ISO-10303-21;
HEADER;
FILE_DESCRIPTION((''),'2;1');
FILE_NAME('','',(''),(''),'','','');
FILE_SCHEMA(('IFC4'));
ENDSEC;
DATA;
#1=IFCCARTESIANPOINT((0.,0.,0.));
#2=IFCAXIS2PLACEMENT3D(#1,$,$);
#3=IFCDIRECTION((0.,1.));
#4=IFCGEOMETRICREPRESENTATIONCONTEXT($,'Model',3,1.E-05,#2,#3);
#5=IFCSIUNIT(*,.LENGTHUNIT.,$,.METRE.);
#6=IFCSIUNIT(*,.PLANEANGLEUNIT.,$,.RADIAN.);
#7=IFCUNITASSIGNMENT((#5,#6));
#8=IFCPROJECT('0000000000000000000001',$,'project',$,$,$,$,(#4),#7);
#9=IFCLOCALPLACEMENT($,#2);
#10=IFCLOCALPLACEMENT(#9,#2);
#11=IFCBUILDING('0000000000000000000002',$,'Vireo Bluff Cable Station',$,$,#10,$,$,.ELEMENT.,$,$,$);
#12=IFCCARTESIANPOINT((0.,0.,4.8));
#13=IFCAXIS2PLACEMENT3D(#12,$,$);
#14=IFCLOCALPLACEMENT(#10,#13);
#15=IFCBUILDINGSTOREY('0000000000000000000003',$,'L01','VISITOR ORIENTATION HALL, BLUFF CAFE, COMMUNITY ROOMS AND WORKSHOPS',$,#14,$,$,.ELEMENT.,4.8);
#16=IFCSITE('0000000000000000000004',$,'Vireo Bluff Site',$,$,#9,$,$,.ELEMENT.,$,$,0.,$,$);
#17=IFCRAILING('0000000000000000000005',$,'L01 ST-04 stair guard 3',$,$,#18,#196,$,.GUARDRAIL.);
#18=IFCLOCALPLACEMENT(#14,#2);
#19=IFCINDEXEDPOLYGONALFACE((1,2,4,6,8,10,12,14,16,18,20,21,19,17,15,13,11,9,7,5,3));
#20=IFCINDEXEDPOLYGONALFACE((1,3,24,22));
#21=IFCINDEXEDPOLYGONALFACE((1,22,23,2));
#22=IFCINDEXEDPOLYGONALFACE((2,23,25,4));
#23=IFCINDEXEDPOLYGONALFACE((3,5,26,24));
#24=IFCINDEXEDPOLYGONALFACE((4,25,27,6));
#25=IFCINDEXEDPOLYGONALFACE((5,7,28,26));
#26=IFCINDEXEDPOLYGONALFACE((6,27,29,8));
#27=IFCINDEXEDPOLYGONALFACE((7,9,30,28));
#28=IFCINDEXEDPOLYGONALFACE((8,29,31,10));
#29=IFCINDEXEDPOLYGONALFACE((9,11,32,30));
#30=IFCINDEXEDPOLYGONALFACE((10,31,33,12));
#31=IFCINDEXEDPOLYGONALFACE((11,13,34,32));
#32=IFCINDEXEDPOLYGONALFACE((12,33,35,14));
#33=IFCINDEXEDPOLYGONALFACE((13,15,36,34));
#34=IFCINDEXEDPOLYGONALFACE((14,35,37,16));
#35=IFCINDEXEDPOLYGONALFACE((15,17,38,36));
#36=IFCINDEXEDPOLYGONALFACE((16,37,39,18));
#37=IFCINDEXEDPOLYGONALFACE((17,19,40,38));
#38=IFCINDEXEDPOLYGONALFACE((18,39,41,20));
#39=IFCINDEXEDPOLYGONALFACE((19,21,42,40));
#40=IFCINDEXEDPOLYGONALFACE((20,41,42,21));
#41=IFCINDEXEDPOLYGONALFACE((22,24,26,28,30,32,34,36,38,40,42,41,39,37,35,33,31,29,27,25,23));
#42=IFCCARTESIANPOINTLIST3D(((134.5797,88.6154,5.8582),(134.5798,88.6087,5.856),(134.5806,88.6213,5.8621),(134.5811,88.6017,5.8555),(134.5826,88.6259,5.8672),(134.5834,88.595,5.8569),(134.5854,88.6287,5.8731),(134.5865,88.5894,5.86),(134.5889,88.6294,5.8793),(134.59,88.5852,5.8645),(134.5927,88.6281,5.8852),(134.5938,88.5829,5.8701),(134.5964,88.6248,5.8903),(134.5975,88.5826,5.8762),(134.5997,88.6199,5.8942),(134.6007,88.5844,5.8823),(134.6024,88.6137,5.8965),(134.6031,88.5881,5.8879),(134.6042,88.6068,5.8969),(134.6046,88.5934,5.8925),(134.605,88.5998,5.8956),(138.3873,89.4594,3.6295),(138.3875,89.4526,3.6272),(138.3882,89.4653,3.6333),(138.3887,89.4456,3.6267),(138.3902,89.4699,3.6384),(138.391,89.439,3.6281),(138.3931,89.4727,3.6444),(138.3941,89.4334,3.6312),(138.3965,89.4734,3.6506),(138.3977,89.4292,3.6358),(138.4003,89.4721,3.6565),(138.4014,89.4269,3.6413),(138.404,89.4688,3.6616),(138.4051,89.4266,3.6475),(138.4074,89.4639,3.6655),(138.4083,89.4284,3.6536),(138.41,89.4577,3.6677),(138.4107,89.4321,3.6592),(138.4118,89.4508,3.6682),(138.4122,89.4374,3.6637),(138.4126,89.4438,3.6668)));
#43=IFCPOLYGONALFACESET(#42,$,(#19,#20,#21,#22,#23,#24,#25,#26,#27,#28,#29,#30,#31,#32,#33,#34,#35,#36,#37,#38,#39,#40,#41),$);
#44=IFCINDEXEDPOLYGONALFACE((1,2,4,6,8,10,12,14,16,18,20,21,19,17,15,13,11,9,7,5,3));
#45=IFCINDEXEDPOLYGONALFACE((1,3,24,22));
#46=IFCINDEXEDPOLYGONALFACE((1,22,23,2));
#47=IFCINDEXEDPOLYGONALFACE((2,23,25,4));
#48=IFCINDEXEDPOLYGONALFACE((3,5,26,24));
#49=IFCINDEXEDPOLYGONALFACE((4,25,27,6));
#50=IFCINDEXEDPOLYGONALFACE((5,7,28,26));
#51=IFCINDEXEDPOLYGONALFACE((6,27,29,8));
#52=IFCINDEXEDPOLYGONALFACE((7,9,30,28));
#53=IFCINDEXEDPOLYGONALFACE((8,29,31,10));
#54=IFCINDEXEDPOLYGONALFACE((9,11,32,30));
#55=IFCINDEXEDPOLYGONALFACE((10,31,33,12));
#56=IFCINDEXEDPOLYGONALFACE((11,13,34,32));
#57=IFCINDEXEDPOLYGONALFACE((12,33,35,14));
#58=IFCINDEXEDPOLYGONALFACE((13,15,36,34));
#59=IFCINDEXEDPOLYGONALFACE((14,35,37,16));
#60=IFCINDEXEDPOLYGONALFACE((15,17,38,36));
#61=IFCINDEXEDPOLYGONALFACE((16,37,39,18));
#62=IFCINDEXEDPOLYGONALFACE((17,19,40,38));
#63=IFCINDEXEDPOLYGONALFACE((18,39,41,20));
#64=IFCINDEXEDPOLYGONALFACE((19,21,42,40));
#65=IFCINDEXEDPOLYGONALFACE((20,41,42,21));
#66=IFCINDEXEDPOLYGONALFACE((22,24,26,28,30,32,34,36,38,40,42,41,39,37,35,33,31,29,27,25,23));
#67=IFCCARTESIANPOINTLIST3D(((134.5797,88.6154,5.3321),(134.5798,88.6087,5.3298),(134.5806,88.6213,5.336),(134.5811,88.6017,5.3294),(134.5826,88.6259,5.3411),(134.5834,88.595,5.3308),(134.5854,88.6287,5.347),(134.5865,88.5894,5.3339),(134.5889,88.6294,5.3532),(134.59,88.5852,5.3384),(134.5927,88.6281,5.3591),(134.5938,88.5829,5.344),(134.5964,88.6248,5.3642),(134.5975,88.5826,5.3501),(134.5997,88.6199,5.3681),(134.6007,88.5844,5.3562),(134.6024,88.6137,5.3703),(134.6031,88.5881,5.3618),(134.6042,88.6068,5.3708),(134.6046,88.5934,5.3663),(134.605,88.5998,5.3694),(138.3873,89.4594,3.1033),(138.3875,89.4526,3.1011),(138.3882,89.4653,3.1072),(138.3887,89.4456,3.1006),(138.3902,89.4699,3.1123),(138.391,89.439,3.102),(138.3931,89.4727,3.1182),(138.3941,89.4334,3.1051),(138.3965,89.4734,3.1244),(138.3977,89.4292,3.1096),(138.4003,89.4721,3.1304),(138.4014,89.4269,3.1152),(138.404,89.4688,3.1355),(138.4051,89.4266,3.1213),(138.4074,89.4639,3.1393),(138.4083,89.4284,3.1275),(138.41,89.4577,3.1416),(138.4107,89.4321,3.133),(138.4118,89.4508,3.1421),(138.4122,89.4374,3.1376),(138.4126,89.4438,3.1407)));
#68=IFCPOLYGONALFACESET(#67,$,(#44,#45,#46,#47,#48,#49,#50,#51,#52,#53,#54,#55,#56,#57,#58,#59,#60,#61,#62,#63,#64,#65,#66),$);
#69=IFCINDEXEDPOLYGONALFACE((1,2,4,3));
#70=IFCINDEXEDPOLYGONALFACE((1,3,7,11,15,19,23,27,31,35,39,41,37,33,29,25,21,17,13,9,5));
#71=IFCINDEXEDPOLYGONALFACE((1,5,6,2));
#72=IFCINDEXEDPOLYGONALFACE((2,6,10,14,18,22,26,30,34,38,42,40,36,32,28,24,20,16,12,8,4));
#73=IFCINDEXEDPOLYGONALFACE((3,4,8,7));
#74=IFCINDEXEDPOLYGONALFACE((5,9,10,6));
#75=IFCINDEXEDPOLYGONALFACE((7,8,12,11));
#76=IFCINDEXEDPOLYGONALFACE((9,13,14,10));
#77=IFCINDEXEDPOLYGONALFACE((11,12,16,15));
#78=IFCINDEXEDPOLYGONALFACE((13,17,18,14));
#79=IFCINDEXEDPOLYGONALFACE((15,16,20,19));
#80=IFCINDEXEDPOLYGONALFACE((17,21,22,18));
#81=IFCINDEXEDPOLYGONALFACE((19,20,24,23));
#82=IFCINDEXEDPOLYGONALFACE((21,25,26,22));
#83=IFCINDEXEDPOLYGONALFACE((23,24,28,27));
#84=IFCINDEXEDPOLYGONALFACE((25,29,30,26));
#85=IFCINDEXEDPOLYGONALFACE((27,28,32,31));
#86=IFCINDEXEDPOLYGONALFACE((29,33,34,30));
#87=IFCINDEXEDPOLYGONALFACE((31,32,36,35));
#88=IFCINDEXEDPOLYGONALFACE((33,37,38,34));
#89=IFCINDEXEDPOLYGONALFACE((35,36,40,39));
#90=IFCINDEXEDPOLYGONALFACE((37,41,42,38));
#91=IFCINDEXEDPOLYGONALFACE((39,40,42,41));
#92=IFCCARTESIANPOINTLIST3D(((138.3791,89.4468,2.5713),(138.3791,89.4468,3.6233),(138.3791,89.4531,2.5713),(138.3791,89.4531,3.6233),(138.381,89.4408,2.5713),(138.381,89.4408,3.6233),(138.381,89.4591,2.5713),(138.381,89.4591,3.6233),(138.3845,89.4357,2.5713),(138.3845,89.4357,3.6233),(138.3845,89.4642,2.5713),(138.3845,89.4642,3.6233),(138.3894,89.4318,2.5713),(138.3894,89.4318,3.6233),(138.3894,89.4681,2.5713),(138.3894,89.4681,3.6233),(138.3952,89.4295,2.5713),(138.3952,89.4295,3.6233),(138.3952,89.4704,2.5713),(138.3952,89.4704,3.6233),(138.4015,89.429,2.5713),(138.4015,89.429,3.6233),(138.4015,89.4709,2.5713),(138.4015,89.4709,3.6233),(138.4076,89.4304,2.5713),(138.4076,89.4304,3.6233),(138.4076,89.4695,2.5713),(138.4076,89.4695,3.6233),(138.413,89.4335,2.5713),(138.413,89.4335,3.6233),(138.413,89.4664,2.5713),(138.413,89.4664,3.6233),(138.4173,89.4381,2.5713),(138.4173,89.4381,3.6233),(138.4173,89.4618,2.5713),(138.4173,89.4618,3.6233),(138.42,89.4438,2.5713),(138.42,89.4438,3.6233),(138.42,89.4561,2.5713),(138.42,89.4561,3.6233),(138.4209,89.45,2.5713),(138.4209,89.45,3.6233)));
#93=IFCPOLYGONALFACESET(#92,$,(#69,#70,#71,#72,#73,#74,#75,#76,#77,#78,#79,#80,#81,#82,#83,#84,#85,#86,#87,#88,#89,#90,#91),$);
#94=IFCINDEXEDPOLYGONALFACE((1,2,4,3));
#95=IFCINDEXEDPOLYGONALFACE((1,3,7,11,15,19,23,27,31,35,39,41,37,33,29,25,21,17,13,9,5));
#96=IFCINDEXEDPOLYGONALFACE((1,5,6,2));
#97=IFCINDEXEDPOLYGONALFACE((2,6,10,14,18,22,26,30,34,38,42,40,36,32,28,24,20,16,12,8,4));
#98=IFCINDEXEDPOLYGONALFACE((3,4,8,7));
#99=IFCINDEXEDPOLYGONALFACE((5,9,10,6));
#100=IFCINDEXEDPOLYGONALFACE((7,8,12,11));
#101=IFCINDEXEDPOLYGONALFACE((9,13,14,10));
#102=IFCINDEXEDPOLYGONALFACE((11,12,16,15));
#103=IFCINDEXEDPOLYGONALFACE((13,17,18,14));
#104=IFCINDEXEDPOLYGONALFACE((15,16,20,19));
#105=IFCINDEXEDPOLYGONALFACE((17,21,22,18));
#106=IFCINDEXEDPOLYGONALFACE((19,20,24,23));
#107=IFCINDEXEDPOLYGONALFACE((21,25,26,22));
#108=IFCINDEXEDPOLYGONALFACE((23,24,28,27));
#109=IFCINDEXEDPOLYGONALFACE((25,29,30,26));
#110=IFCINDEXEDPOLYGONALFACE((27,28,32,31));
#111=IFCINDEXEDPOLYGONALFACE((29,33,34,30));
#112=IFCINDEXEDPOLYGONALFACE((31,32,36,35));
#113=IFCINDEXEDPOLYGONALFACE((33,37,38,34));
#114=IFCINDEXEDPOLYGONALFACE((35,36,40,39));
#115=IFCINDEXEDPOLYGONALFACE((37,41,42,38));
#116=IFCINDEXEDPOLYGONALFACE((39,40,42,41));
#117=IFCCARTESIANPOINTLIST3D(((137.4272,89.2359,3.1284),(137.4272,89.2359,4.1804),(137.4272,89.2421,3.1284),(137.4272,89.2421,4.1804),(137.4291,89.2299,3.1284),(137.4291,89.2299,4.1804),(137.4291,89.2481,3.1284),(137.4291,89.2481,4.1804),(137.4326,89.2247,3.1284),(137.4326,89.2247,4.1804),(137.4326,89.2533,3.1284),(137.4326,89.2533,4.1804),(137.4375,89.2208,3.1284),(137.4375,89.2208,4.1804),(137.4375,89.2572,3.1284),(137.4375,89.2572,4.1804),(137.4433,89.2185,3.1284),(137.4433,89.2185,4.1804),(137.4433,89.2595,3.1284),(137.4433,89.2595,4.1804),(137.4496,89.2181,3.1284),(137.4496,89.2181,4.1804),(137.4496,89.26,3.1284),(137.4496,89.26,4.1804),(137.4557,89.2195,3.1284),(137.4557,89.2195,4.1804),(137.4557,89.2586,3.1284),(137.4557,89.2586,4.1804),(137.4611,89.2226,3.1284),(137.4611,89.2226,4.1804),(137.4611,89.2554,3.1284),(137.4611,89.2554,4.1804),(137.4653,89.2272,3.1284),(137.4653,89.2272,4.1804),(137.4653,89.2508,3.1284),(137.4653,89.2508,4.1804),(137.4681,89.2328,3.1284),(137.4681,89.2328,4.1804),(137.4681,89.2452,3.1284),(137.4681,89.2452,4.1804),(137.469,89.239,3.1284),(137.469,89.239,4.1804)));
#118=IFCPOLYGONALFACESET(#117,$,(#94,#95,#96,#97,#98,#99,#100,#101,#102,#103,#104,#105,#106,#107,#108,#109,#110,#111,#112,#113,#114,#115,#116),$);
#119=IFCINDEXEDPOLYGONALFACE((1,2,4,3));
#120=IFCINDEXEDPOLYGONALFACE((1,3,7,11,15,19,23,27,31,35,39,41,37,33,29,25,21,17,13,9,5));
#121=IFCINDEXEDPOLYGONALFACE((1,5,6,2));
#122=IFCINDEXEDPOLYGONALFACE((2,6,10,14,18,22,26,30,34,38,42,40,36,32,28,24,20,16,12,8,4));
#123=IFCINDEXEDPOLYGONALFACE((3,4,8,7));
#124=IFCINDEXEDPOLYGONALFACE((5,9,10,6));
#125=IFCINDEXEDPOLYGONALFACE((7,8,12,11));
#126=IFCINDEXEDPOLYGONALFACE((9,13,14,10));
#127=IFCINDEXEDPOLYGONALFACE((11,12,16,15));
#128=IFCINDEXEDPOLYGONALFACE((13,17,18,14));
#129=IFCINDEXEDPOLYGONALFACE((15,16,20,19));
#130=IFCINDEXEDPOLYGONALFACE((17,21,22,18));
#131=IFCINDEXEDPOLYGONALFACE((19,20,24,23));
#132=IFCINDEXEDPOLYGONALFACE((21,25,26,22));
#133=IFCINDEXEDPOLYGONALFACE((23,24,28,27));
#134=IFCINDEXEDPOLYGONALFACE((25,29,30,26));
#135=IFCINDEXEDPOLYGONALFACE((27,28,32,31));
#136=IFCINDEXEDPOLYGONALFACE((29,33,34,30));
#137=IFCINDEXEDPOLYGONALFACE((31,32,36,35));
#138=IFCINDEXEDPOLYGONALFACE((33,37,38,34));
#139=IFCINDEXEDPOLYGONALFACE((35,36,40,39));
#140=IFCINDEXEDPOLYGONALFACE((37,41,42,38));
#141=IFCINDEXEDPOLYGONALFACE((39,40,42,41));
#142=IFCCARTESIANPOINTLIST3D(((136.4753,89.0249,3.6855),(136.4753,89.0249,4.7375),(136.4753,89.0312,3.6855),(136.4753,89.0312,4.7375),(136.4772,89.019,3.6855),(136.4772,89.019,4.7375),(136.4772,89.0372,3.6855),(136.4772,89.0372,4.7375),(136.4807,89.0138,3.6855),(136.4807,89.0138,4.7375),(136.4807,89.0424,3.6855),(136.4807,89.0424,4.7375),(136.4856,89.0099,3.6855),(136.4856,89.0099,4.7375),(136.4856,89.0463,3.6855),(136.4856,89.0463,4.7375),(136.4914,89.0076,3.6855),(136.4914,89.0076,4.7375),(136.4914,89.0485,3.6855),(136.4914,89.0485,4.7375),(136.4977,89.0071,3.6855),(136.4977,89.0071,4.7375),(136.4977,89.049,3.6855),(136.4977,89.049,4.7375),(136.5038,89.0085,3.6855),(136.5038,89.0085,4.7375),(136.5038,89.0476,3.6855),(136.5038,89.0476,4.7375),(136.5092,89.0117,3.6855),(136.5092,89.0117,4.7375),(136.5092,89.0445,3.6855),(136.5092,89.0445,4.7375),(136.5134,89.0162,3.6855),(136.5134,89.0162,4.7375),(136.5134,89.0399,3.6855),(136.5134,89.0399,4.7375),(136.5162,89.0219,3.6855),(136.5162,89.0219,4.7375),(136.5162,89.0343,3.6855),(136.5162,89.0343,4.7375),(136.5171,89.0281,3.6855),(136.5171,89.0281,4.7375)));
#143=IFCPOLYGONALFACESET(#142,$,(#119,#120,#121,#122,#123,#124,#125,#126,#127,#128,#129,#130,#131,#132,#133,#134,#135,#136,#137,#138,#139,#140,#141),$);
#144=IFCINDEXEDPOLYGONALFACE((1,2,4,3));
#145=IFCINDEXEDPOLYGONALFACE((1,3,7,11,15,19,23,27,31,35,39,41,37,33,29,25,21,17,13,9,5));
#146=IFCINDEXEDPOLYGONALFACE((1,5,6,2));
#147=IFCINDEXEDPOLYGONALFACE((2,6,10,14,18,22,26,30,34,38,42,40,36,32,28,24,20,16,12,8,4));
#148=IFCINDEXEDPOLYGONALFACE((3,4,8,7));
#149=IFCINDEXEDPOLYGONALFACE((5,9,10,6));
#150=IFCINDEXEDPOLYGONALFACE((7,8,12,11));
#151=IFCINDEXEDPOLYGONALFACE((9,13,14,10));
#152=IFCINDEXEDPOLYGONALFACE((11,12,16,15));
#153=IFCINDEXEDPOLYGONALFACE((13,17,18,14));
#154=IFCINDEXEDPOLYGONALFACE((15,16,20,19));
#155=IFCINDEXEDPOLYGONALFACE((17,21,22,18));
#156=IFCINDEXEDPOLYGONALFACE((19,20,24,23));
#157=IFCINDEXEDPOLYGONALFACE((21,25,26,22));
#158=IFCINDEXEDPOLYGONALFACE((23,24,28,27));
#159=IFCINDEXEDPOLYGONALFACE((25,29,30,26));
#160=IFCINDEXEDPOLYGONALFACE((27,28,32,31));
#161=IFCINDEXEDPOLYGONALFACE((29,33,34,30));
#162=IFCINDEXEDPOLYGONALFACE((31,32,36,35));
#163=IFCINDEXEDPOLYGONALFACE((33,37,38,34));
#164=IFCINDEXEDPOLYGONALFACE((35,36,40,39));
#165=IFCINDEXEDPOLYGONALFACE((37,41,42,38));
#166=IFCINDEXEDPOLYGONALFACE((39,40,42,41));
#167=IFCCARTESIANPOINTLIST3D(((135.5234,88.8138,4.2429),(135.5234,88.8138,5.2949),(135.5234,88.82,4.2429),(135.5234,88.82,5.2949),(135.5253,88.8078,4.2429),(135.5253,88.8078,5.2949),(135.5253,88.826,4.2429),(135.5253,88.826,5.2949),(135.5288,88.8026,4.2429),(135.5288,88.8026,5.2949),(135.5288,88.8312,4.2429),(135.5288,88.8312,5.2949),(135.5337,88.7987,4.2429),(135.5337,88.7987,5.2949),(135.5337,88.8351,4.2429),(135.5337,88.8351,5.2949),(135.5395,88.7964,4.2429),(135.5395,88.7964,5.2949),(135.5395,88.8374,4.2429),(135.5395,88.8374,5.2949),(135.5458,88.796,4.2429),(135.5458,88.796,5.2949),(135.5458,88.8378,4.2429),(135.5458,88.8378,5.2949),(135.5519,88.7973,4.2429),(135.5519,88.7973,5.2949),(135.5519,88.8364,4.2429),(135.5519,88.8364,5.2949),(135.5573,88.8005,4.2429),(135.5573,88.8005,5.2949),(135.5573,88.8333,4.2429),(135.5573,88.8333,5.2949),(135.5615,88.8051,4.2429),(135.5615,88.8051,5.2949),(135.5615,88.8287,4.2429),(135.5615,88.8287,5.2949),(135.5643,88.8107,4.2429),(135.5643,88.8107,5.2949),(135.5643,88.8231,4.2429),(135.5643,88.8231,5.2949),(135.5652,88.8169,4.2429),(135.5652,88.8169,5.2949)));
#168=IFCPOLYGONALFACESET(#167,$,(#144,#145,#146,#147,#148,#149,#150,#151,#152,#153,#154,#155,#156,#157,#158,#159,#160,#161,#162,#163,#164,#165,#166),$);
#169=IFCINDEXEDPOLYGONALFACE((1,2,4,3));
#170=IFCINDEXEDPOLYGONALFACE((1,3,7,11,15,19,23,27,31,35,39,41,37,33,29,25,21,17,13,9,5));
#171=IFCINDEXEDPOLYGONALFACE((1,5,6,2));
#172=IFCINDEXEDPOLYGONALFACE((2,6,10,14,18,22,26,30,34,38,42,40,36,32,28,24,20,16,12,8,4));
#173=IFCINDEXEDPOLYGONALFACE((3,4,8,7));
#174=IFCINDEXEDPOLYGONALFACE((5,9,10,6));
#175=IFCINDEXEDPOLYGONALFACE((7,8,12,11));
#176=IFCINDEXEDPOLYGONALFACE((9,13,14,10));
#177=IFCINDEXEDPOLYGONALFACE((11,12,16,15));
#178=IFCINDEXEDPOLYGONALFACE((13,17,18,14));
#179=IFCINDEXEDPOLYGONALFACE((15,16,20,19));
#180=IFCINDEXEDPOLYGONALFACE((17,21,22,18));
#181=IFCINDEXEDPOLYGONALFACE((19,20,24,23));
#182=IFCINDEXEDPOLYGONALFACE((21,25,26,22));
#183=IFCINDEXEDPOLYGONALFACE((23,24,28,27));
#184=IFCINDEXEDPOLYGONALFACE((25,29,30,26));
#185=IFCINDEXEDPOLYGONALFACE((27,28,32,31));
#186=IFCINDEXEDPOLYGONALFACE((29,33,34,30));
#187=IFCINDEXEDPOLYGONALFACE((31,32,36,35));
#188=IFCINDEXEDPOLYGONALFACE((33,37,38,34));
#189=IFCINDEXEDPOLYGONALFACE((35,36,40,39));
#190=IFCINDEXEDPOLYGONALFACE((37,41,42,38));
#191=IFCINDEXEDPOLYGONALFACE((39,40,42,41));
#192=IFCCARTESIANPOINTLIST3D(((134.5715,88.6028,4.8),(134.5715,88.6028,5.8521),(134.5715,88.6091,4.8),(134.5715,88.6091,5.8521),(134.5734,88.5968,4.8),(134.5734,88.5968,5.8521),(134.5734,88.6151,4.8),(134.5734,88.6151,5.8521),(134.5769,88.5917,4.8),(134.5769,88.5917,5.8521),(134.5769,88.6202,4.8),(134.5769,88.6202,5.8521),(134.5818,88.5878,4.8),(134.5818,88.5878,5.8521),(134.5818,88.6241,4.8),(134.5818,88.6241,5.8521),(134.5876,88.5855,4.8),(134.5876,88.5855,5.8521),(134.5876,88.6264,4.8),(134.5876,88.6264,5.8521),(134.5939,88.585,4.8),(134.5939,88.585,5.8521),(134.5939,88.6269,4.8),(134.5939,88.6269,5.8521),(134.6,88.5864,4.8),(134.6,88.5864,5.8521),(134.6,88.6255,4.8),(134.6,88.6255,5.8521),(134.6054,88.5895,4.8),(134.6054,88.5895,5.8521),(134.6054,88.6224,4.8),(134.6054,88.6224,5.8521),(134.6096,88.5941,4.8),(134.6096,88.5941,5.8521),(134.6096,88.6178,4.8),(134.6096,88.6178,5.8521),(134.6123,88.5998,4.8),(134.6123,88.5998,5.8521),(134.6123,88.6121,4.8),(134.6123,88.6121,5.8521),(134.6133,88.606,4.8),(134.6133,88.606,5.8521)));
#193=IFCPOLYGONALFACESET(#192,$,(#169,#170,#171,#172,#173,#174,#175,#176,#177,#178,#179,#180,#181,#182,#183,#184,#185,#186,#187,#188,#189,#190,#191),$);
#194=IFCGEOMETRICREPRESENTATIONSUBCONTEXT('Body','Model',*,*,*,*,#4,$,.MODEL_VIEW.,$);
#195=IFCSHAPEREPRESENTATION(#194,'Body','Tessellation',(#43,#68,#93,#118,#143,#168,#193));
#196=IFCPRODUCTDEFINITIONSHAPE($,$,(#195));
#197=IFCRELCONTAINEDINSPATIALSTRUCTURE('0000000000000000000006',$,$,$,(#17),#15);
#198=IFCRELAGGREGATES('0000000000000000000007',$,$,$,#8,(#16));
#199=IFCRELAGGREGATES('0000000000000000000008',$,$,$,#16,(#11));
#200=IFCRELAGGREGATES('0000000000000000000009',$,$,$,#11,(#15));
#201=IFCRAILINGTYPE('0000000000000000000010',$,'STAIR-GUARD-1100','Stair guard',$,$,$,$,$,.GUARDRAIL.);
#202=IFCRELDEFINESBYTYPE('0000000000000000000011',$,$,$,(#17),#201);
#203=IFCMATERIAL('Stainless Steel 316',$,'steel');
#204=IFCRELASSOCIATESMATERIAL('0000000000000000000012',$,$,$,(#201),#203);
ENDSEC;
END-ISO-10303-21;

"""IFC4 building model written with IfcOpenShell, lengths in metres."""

from ifc_helpers import new_model, si_unit, direction, frame, origin, origin_2d, place, context, subcontext, project, spatial, circle, extrude, material, type_object, element, save


model = new_model("IFC4")

# Units and contexts
model_context = context("Model", 3, precision=1e-05, world=origin(), true_north=direction((0.0, 1.0)))
body_context = subcontext(model_context, "Body", "Model", "MODEL_VIEW")
ifc_project = project(units=[si_unit("LENGTHUNIT", "METRE"), si_unit("PLANEANGLEUNIT", "RADIAN")], contexts=[model_context])

# Site, building, storey
site_placement = place(None, origin())
site = spatial("IfcSite", under=ifc_project, at=site_placement, Name="Vireo Bluff Site", CompositionType="ELEMENT", RefElevation=0.0)
building_placement = place(site_placement, origin())
building = spatial("IfcBuilding", under=site, at=building_placement, Name="Vireo Bluff Cable Station", CompositionType="ELEMENT")
storey_placement = place(building_placement, frame((0.0, 0.0, 4.8)))
storey = spatial("IfcBuildingStorey", under=building, at=storey_placement, Name="L01", Description="VISITOR ORIENTATION HALL, BLUFF CAFE, COMMUNITY ROOMS AND WORKSHOPS", CompositionType="ELEMENT", Elevation=4.8)

# Railing
ifc_material_1 = material(Name="Stainless Steel 316", Category="steel")
railing_type_1 = type_object("IfcRailingType", Name="STAIR-GUARD-1100", Description="Stair guard", PredefinedType="GUARDRAIL", material=ifc_material_1)
railing_1_placement = place(storey_placement, frame((138.3999, 89.45, 2.5713)))
element("IfcRailing", 1, at=railing_1_placement, inside=storey, type_object=railing_type_1, Name="L01 ST-04 stair guard 3", PredefinedType="GUARDRAIL", context=body_context, shape_type="SweptSolid", body=[
    extrude(circle(Radius=0.0239, at=origin_2d()), frame((0.0, 0.0, 1.0762), z_axis=(-0.847653, -0.18789, 0.496167), x_axis=(0.216407, -0.976303, 0.0)), (0.0, 0.0, 1.0), 4.4919),
    extrude(circle(Radius=0.0239, at=origin_2d()), frame((0.0, 0.0, 0.55), z_axis=(-0.847653, -0.18789, 0.496167), x_axis=(0.216407, -0.976303, 0.0)), (0.0, 0.0, 1.0), 4.4919),
    extrude(circle(Radius=0.021, at=origin_2d()), origin(), (0.0, 0.0, 1.0), 1.052),
    extrude(circle(Radius=0.021, at=origin_2d()), frame((-0.9519, -0.2109, 0.5571)), (0.0, 0.0, 1.0), 1.052),
    extrude(circle(Radius=0.021, at=origin_2d()), frame((-1.9038, -0.4219, 1.1143)), (0.0, 0.0, 1.0), 1.052),
    extrude(circle(Radius=0.021, at=origin_2d()), frame((-2.8557, -0.6331, 1.6716)), (0.0, 0.0, 1.0), 1.052),
    extrude(circle(Radius=0.021, at=origin_2d()), frame((-3.8076, -0.844, 2.2288)), (0.0, 0.0, 1.0), 1.052),
])

save(model, "model.ifc")
